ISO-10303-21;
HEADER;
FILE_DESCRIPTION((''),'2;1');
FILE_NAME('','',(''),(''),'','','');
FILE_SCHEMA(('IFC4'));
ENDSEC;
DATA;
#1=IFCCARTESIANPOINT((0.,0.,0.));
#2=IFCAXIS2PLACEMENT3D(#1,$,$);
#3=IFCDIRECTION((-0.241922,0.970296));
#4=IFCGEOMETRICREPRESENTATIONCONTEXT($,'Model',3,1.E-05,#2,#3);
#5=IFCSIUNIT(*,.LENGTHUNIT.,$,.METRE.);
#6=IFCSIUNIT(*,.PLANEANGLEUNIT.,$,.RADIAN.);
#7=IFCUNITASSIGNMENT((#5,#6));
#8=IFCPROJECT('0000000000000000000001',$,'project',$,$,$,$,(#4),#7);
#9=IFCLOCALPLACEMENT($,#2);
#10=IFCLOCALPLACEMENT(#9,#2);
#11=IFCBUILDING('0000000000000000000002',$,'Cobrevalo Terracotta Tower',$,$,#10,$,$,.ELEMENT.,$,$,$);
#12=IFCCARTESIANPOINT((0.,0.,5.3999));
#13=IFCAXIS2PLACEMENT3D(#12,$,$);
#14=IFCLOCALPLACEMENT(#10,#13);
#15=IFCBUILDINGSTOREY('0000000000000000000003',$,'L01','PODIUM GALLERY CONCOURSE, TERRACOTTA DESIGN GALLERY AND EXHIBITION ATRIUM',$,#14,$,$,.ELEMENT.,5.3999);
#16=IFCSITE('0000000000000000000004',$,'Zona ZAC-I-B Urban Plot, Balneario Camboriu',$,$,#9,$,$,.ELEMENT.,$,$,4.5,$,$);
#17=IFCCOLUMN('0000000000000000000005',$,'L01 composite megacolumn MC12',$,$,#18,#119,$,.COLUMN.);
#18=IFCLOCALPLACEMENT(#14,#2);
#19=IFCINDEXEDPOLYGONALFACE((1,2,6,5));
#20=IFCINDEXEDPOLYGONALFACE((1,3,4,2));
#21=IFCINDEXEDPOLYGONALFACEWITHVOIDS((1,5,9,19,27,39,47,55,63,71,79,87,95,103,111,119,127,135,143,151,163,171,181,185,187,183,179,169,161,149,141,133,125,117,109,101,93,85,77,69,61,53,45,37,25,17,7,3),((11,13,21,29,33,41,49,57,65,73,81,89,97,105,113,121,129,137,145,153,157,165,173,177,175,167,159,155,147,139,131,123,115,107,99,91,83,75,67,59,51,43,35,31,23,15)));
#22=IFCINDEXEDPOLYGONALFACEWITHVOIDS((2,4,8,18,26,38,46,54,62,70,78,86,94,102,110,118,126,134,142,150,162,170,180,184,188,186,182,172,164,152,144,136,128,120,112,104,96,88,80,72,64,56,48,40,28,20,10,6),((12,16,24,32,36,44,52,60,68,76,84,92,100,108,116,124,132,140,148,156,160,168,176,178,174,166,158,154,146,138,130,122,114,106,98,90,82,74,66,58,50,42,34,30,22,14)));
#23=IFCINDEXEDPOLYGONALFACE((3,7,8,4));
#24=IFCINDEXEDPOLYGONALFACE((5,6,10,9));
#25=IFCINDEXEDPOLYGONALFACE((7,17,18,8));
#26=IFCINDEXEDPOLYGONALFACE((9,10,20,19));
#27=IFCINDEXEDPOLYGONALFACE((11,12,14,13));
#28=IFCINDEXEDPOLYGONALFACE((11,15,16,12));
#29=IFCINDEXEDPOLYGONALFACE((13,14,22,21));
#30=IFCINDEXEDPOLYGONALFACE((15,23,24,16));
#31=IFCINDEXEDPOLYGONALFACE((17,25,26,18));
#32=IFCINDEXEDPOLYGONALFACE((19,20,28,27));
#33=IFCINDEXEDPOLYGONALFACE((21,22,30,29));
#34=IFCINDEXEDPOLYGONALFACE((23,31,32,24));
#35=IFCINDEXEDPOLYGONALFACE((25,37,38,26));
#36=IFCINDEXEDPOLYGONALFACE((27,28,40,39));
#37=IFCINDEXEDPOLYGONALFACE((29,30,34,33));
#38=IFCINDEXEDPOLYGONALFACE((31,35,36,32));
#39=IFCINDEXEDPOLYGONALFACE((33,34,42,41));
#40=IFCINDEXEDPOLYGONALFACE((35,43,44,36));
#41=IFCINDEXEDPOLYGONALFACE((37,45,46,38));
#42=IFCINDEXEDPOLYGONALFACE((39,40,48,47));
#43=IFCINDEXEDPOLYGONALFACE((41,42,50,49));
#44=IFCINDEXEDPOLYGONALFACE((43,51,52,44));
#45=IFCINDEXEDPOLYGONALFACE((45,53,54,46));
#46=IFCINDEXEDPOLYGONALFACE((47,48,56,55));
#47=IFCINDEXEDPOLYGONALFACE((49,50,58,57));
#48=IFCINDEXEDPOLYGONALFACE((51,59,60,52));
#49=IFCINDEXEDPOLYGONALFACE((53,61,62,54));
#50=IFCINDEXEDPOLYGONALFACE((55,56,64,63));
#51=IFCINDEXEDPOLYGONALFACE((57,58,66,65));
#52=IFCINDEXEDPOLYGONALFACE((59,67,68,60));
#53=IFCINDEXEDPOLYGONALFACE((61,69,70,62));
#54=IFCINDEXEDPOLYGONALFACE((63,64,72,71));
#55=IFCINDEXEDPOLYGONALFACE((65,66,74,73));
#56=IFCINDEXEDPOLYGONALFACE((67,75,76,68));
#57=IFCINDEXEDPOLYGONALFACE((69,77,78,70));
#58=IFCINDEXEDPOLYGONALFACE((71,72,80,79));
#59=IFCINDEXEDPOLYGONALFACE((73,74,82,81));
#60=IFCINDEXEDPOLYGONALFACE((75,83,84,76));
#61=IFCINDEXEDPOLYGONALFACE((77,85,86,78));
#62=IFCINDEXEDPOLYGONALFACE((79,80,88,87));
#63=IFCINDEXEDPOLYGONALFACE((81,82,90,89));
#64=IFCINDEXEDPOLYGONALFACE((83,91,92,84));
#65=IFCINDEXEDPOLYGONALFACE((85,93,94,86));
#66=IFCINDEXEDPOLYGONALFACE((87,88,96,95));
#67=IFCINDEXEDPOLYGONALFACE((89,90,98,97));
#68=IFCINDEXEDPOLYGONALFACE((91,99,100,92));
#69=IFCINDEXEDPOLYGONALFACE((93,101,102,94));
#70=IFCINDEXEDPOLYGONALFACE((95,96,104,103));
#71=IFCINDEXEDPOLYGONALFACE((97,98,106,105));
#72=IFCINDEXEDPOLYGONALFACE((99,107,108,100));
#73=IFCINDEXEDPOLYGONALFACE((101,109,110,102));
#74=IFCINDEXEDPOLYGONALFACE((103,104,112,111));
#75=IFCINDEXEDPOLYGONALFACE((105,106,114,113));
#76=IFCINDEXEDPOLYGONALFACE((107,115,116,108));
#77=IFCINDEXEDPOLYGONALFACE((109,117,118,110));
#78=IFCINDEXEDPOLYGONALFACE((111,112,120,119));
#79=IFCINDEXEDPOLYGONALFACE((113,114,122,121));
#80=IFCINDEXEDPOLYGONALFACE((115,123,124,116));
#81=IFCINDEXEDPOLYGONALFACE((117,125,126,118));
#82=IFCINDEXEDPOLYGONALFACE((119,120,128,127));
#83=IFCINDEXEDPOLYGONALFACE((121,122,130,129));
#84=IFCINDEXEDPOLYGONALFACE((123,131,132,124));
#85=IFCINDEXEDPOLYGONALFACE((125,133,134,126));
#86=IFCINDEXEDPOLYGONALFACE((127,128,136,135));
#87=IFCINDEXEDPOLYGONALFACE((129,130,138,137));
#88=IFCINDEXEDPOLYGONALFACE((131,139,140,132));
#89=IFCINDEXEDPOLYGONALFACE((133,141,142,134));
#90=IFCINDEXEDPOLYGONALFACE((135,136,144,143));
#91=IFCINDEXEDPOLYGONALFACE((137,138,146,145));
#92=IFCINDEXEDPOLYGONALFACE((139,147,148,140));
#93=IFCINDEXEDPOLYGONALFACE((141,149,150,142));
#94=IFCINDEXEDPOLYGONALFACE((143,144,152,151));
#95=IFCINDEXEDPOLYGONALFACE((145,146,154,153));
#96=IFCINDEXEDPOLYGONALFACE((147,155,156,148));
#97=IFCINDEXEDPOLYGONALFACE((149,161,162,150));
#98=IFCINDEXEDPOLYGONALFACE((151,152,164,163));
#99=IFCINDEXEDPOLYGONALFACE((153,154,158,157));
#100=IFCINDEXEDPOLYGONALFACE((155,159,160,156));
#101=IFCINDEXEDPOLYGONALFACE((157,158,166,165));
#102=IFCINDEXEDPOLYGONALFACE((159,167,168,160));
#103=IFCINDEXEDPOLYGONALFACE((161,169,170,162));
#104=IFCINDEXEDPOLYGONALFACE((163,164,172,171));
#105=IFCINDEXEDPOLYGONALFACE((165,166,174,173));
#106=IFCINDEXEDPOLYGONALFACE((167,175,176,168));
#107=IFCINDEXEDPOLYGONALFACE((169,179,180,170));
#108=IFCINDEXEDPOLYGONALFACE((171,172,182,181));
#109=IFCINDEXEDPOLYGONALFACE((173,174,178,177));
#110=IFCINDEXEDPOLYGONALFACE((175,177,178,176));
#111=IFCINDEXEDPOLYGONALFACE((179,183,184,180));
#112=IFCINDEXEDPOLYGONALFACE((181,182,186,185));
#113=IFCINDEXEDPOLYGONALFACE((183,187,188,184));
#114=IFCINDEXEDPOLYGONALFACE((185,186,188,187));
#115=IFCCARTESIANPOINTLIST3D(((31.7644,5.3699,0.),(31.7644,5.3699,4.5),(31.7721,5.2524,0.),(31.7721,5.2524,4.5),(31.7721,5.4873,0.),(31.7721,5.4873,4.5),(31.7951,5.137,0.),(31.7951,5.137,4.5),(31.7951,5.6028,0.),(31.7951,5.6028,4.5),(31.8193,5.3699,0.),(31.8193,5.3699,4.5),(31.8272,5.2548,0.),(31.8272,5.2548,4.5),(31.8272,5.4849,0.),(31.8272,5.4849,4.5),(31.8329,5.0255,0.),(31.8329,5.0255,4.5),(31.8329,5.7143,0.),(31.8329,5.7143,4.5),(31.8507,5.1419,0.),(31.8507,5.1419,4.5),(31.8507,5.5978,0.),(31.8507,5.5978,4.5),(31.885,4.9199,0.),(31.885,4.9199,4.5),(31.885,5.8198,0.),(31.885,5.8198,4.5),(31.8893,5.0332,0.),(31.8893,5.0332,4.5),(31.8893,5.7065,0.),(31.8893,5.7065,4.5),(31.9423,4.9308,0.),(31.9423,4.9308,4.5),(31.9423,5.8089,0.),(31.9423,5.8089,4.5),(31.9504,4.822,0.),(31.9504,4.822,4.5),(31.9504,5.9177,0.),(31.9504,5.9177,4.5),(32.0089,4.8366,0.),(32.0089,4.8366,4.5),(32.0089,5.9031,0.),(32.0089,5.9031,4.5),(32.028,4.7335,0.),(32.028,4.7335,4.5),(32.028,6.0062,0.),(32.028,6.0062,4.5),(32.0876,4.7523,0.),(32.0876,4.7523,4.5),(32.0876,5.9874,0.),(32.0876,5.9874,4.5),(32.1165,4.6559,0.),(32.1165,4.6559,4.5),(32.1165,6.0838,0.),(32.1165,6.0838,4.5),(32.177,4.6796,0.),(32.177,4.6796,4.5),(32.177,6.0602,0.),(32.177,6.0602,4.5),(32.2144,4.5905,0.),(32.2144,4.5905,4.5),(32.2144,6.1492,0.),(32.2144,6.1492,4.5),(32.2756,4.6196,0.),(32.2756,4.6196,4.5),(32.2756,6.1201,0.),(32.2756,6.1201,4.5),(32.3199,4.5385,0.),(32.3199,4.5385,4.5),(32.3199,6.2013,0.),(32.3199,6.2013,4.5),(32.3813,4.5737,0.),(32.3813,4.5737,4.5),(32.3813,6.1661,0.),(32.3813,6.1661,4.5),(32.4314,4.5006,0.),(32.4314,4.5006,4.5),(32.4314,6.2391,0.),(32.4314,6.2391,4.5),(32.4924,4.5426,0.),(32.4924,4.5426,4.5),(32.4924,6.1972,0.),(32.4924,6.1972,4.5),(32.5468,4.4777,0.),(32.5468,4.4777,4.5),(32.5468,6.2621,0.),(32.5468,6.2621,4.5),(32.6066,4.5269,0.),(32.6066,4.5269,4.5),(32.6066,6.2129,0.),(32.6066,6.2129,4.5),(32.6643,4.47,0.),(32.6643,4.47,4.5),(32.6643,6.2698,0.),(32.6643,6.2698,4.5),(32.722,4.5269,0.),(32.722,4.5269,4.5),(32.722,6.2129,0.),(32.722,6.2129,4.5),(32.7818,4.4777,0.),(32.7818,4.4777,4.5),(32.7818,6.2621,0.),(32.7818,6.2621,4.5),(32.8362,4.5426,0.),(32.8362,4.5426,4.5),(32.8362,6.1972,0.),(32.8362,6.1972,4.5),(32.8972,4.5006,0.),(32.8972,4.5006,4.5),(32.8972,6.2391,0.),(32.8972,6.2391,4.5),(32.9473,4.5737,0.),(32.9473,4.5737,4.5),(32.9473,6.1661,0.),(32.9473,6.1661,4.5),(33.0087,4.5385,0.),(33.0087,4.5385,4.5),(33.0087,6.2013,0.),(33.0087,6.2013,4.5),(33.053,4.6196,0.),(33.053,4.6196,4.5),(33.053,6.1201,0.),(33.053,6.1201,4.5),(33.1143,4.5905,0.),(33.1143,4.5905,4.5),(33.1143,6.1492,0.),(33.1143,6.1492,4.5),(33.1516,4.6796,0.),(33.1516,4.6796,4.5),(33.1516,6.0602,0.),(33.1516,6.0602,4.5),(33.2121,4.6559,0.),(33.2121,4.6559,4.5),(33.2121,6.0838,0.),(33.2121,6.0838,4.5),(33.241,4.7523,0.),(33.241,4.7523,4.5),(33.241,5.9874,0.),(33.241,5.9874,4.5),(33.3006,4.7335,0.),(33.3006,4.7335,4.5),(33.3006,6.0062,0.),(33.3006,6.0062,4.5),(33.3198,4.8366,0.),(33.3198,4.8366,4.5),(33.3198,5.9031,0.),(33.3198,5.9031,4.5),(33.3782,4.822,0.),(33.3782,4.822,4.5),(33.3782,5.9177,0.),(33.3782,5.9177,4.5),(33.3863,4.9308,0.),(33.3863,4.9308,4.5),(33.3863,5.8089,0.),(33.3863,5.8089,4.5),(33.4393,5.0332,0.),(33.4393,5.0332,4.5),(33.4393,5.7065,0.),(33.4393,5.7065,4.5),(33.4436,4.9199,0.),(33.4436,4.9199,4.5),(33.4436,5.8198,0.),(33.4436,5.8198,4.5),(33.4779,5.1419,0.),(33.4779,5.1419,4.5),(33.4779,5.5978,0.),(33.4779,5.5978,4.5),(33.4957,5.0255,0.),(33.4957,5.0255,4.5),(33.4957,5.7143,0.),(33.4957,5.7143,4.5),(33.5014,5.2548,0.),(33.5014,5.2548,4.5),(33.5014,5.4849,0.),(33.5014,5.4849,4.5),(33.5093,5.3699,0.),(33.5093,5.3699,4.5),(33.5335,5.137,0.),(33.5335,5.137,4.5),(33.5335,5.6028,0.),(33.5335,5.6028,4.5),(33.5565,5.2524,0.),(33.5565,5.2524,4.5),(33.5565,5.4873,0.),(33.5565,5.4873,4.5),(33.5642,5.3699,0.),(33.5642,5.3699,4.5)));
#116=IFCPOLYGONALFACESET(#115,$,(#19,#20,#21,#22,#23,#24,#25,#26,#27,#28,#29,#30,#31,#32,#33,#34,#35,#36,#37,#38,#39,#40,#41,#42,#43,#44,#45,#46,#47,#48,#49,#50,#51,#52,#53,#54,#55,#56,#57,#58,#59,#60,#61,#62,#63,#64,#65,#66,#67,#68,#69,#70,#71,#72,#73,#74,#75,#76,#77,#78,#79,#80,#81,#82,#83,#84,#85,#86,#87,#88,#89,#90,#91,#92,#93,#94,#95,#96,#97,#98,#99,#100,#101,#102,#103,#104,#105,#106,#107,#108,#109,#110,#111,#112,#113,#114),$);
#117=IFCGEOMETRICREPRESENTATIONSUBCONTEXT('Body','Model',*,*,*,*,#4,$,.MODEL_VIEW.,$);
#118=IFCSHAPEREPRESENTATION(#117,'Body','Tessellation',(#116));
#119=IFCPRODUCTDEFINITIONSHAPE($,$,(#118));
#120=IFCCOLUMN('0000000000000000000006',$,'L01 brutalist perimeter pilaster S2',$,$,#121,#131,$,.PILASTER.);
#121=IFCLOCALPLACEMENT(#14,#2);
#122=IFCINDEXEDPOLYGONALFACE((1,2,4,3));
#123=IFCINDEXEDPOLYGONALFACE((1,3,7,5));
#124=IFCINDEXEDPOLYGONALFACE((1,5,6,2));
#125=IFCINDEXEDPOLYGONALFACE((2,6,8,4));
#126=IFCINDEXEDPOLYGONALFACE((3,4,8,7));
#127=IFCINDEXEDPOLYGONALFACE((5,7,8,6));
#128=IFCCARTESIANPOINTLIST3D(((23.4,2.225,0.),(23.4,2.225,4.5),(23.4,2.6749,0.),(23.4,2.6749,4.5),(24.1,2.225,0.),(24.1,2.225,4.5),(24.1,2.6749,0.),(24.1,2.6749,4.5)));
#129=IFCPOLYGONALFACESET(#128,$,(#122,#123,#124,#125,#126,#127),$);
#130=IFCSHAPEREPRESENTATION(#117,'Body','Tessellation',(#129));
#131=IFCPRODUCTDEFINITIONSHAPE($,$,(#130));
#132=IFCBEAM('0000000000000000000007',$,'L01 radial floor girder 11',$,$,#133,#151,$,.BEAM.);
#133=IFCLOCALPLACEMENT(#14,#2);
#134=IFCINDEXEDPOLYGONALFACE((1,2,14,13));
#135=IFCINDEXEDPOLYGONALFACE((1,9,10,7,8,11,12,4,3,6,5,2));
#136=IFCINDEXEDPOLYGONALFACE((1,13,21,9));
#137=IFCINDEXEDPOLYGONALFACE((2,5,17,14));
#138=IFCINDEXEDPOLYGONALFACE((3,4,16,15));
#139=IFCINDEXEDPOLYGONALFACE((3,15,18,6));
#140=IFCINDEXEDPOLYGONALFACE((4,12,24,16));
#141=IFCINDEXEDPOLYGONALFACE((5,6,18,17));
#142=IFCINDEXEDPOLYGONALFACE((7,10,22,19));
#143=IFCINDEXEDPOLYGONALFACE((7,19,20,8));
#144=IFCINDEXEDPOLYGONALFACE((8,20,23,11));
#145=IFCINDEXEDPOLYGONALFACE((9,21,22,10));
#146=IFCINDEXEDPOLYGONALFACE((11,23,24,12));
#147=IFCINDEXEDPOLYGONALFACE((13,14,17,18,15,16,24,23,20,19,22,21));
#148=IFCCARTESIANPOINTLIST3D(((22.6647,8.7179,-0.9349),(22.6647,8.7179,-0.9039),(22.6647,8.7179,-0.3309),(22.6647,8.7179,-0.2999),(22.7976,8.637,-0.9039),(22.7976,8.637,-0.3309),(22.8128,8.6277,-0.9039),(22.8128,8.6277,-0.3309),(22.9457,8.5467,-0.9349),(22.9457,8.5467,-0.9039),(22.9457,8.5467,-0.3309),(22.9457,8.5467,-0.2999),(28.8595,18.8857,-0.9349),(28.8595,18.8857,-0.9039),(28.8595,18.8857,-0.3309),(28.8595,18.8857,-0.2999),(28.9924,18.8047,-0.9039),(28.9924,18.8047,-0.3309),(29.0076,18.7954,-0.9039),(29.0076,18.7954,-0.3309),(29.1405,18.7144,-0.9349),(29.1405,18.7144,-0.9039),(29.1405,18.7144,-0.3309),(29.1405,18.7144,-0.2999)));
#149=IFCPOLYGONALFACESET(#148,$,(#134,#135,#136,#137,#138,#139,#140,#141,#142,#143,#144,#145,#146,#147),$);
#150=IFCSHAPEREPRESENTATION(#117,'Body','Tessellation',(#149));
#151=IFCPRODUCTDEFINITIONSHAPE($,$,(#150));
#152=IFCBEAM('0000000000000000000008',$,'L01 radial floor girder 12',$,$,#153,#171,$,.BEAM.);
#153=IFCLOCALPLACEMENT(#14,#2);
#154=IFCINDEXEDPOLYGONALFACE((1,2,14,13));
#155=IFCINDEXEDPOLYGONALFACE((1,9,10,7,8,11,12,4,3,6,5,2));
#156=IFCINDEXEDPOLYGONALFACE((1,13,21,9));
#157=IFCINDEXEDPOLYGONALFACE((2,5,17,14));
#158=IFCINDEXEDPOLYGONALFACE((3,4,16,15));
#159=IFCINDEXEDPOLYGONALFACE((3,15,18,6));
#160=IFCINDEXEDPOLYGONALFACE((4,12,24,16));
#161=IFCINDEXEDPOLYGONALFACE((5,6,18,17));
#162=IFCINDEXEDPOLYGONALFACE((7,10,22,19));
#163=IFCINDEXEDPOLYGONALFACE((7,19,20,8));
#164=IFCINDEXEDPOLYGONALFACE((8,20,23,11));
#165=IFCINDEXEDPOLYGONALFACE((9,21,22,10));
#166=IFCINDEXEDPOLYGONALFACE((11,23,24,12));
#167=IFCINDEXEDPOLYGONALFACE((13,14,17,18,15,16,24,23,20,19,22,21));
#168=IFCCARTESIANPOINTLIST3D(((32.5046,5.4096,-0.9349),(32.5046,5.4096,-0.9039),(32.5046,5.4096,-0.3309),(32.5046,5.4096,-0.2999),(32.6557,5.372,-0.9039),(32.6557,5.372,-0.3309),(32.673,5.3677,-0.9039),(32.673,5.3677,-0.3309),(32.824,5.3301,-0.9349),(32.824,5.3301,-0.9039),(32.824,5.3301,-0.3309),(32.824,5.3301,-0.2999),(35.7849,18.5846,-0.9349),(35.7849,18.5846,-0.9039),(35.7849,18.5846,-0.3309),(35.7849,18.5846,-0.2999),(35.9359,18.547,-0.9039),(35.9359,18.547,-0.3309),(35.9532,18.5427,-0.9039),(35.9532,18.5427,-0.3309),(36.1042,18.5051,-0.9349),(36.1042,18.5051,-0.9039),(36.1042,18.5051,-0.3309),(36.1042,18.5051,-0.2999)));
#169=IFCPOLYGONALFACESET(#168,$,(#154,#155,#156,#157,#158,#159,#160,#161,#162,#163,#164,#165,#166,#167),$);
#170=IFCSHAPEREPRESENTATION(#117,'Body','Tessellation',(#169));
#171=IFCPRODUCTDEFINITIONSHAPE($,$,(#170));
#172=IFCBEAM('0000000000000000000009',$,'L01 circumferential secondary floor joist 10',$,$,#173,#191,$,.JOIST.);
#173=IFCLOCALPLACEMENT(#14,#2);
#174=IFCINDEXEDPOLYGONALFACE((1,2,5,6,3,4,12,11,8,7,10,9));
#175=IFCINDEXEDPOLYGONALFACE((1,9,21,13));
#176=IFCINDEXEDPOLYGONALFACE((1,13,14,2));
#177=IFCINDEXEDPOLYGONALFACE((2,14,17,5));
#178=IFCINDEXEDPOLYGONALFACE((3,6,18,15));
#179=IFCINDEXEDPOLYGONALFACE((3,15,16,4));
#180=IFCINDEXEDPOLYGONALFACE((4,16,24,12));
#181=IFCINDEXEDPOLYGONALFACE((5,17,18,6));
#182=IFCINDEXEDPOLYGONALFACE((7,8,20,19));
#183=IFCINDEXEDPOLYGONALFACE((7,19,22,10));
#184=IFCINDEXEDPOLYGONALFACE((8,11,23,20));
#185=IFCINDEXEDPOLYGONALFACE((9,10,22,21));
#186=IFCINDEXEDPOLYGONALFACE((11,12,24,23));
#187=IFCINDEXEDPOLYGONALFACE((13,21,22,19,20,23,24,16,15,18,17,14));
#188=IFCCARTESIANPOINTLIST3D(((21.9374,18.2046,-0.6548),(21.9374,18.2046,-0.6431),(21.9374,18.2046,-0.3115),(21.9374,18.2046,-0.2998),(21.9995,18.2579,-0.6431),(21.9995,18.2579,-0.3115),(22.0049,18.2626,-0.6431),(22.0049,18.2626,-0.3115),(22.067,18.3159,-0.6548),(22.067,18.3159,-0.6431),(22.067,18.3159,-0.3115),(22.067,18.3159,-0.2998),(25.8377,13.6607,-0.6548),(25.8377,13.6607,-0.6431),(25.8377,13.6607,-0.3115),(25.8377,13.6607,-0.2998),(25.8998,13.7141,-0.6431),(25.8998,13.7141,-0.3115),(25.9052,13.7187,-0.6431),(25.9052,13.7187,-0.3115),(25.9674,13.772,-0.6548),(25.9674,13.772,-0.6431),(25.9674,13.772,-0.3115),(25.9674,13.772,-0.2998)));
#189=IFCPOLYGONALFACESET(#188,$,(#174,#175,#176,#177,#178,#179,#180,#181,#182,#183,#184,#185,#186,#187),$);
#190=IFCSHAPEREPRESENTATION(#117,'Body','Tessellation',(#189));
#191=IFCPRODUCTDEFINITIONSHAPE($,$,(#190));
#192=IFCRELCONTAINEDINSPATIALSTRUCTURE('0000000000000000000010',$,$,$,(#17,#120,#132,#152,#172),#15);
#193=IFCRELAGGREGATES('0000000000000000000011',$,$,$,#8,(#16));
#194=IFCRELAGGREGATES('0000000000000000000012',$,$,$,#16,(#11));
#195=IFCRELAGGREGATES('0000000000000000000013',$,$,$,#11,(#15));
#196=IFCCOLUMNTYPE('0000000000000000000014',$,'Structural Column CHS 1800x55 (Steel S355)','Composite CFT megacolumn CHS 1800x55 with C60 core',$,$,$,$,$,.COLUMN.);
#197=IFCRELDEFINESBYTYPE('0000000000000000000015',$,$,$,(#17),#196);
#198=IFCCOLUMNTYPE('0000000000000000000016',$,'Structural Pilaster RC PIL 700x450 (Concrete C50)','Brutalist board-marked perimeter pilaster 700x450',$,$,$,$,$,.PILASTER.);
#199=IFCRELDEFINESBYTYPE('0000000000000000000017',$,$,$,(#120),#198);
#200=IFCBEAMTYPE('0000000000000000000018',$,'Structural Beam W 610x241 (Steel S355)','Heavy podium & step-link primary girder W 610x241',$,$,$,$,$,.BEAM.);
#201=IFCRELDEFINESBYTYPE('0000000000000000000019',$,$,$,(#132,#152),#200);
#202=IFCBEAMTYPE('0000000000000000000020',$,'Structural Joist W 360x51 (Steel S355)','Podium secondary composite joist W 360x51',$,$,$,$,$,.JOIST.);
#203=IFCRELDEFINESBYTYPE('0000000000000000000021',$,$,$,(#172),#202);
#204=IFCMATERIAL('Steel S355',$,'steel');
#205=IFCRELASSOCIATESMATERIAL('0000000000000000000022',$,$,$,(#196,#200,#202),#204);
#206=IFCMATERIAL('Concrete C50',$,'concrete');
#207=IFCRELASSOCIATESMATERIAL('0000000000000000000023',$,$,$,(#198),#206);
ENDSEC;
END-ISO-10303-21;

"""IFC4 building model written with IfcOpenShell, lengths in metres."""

from ifc_helpers import new_model, si_unit, direction, frame, origin, origin_2d, place, context, subcontext, project, spatial, rectangle, hollow_circle, i_section, extrude, material, material_profile, profile_set, type_object, element, save


model = new_model("IFC4")

# Units and contexts
model_context = context("Model", 3, precision=1e-05, world=origin(), true_north=direction((-0.241922, 0.970296)))
body_context = subcontext(model_context, "Body", "Model", "MODEL_VIEW")
ifc_project = project(units=[si_unit("LENGTHUNIT", "METRE"), si_unit("PLANEANGLEUNIT", "RADIAN")], contexts=[model_context])

# Site, building, storey
site_placement = place(None, origin())
site = spatial("IfcSite", under=ifc_project, at=site_placement, Name="Zona ZAC-I-B Urban Plot, Balneario Camboriu", CompositionType="ELEMENT", RefElevation=4.5)
building_placement = place(site_placement, origin())
building = spatial("IfcBuilding", under=site, at=building_placement, Name="Cobrevalo Terracotta Tower", CompositionType="ELEMENT")
storey_placement = place(building_placement, frame((0.0, 0.0, 5.3999)))
storey = spatial("IfcBuildingStorey", under=building, at=storey_placement, Name="L01", Description="PODIUM GALLERY CONCOURSE, TERRACOTTA DESIGN GALLERY AND EXHIBITION ATRIUM", CompositionType="ELEMENT", Elevation=5.3999)

# Columns
ifc_material_1 = material(Name="Steel S355", Category="steel")
ifc_material_profile_1 = material_profile(ifc_material_1, hollow_circle(Radius=0.8999, WallThickness=0.0549, at=origin_2d()), Name="CHS 1800x55")
ifc_profile_set_1 = profile_set([ifc_material_profile_1], Name="Steel S355")
column_type_1 = type_object("IfcColumnType", Name="Structural Column CHS 1800x55 (Steel S355)", Description="Composite CFT megacolumn CHS 1800x55 with C60 core", PredefinedType="COLUMN", material=ifc_profile_set_1)
for number, where, z_axis, x_axis, name in (
    (1, (32.6643, 5.3699, 0.0), (0.0, 0.0, 1.0), (1.0, 0.0, 0.0), "L01 composite megacolumn MC12"),
):
    element("IfcColumn", number, at=place(storey_placement, frame(where, z_axis=z_axis, x_axis=x_axis)), inside=storey, type_object=column_type_1, Name=name, PredefinedType="COLUMN", context=body_context, shape_type="SweptSolid", body=[
        extrude(hollow_circle(Radius=0.8999, WallThickness=0.0549, at=origin_2d()), origin(), (0.0, 0.0, 1.0), 4.5),
    ])
ifc_material_2 = material(Name="Concrete C50", Category="concrete")
ifc_material_profile_2 = material_profile(ifc_material_2, rectangle(XDim=0.7, YDim=0.45, at=origin_2d()), Name="RC PIL 700x450")
ifc_profile_set_2 = profile_set([ifc_material_profile_2], Name="Concrete C50")
column_type_2 = type_object("IfcColumnType", Name="Structural Pilaster RC PIL 700x450 (Concrete C50)", Description="Brutalist board-marked perimeter pilaster 700x450", PredefinedType="PILASTER", material=ifc_profile_set_2)
column_placement = place(storey_placement, frame((23.75, 2.45, 0.0), z_axis=(0.0, 0.0, 1.0), x_axis=(1.0, 0.0, 0.0)))
element("IfcColumn", 2, at=column_placement, inside=storey, type_object=column_type_2, Name="L01 brutalist perimeter pilaster S2", PredefinedType="PILASTER", context=body_context, shape_type="SweptSolid", body=[
    extrude(rectangle(XDim=0.7, YDim=0.45, at=origin_2d()), origin(), (0.0, 0.0, 1.0), 4.5),
])

# Beams
ifc_material_profile_3 = material_profile(ifc_material_1, i_section(OverallWidth=0.3291, OverallDepth=0.635, WebThickness=0.0178, FlangeThickness=0.031, at=origin_2d()), Name="W 610x241")
ifc_profile_set_3 = profile_set([ifc_material_profile_3], Name="Steel S355")
beam_type_1 = type_object("IfcBeamType", Name="Structural Beam W 610x241 (Steel S355)", Description="Heavy podium & step-link primary girder W 610x241", PredefinedType="BEAM", material=ifc_profile_set_3)
beam_1_placement = place(storey_placement, frame((22.8052, 8.6323, -0.6174), z_axis=(0.520301, 0.853983, 0.0), x_axis=(-0.853983, 0.520301, 0.0)))
element("IfcBeam", 3, at=beam_1_placement, inside=storey, type_object=beam_type_1, Name="L01 radial floor girder 11", PredefinedType="BEAM", context=body_context, shape_type="SweptSolid", body=[
    extrude(i_section(OverallWidth=0.3291, OverallDepth=0.635, WebThickness=0.0178, FlangeThickness=0.031, at=origin_2d()), origin(), (0.0, 0.0, 1.0), 11.9062),
])
beam_2_placement = place(storey_placement, frame((32.6643, 5.3699, -0.6174), z_axis=(0.2416, 0.970376, 0.0), x_axis=(-0.970376, 0.2416, 0.0)))
element("IfcBeam", 4, at=beam_2_placement, inside=storey, type_object=beam_type_1, Name="L01 radial floor girder 12", PredefinedType="BEAM", context=body_context, shape_type="SweptSolid", body=[
    extrude(i_section(OverallWidth=0.3291, OverallDepth=0.635, WebThickness=0.0178, FlangeThickness=0.031, at=origin_2d()), origin(), (0.0, 0.0, 1.0), 13.5771),
])
ifc_material_profile_4 = material_profile(ifc_material_1, i_section(OverallWidth=0.1709, OverallDepth=0.355, WebThickness=0.0071, FlangeThickness=0.0117, at=origin_2d()), Name="W 360x51")
ifc_profile_set_4 = profile_set([ifc_material_profile_4], Name="Steel S355")
beam_type_2 = type_object("IfcBeamType", Name="Structural Joist W 360x51 (Steel S355)", Description="Podium secondary composite joist W 360x51", PredefinedType="JOIST", material=ifc_profile_set_4)
beam_3_placement = place(storey_placement, frame((22.0022, 18.2603, -0.4773), z_axis=(0.651328, -0.758796, 0.0), x_axis=(0.758796, 0.651328, 0.0)))
element("IfcBeam", 5, at=beam_3_placement, inside=storey, type_object=beam_type_2, Name="L01 circumferential secondary floor joist 10", PredefinedType="JOIST", context=body_context, shape_type="SweptSolid", body=[
    extrude(i_section(OverallWidth=0.1709, OverallDepth=0.355, WebThickness=0.0071, FlangeThickness=0.0117, at=origin_2d()), origin(), (0.0, 0.0, 1.0), 5.9883),
])

save(model, "model.ifc")
